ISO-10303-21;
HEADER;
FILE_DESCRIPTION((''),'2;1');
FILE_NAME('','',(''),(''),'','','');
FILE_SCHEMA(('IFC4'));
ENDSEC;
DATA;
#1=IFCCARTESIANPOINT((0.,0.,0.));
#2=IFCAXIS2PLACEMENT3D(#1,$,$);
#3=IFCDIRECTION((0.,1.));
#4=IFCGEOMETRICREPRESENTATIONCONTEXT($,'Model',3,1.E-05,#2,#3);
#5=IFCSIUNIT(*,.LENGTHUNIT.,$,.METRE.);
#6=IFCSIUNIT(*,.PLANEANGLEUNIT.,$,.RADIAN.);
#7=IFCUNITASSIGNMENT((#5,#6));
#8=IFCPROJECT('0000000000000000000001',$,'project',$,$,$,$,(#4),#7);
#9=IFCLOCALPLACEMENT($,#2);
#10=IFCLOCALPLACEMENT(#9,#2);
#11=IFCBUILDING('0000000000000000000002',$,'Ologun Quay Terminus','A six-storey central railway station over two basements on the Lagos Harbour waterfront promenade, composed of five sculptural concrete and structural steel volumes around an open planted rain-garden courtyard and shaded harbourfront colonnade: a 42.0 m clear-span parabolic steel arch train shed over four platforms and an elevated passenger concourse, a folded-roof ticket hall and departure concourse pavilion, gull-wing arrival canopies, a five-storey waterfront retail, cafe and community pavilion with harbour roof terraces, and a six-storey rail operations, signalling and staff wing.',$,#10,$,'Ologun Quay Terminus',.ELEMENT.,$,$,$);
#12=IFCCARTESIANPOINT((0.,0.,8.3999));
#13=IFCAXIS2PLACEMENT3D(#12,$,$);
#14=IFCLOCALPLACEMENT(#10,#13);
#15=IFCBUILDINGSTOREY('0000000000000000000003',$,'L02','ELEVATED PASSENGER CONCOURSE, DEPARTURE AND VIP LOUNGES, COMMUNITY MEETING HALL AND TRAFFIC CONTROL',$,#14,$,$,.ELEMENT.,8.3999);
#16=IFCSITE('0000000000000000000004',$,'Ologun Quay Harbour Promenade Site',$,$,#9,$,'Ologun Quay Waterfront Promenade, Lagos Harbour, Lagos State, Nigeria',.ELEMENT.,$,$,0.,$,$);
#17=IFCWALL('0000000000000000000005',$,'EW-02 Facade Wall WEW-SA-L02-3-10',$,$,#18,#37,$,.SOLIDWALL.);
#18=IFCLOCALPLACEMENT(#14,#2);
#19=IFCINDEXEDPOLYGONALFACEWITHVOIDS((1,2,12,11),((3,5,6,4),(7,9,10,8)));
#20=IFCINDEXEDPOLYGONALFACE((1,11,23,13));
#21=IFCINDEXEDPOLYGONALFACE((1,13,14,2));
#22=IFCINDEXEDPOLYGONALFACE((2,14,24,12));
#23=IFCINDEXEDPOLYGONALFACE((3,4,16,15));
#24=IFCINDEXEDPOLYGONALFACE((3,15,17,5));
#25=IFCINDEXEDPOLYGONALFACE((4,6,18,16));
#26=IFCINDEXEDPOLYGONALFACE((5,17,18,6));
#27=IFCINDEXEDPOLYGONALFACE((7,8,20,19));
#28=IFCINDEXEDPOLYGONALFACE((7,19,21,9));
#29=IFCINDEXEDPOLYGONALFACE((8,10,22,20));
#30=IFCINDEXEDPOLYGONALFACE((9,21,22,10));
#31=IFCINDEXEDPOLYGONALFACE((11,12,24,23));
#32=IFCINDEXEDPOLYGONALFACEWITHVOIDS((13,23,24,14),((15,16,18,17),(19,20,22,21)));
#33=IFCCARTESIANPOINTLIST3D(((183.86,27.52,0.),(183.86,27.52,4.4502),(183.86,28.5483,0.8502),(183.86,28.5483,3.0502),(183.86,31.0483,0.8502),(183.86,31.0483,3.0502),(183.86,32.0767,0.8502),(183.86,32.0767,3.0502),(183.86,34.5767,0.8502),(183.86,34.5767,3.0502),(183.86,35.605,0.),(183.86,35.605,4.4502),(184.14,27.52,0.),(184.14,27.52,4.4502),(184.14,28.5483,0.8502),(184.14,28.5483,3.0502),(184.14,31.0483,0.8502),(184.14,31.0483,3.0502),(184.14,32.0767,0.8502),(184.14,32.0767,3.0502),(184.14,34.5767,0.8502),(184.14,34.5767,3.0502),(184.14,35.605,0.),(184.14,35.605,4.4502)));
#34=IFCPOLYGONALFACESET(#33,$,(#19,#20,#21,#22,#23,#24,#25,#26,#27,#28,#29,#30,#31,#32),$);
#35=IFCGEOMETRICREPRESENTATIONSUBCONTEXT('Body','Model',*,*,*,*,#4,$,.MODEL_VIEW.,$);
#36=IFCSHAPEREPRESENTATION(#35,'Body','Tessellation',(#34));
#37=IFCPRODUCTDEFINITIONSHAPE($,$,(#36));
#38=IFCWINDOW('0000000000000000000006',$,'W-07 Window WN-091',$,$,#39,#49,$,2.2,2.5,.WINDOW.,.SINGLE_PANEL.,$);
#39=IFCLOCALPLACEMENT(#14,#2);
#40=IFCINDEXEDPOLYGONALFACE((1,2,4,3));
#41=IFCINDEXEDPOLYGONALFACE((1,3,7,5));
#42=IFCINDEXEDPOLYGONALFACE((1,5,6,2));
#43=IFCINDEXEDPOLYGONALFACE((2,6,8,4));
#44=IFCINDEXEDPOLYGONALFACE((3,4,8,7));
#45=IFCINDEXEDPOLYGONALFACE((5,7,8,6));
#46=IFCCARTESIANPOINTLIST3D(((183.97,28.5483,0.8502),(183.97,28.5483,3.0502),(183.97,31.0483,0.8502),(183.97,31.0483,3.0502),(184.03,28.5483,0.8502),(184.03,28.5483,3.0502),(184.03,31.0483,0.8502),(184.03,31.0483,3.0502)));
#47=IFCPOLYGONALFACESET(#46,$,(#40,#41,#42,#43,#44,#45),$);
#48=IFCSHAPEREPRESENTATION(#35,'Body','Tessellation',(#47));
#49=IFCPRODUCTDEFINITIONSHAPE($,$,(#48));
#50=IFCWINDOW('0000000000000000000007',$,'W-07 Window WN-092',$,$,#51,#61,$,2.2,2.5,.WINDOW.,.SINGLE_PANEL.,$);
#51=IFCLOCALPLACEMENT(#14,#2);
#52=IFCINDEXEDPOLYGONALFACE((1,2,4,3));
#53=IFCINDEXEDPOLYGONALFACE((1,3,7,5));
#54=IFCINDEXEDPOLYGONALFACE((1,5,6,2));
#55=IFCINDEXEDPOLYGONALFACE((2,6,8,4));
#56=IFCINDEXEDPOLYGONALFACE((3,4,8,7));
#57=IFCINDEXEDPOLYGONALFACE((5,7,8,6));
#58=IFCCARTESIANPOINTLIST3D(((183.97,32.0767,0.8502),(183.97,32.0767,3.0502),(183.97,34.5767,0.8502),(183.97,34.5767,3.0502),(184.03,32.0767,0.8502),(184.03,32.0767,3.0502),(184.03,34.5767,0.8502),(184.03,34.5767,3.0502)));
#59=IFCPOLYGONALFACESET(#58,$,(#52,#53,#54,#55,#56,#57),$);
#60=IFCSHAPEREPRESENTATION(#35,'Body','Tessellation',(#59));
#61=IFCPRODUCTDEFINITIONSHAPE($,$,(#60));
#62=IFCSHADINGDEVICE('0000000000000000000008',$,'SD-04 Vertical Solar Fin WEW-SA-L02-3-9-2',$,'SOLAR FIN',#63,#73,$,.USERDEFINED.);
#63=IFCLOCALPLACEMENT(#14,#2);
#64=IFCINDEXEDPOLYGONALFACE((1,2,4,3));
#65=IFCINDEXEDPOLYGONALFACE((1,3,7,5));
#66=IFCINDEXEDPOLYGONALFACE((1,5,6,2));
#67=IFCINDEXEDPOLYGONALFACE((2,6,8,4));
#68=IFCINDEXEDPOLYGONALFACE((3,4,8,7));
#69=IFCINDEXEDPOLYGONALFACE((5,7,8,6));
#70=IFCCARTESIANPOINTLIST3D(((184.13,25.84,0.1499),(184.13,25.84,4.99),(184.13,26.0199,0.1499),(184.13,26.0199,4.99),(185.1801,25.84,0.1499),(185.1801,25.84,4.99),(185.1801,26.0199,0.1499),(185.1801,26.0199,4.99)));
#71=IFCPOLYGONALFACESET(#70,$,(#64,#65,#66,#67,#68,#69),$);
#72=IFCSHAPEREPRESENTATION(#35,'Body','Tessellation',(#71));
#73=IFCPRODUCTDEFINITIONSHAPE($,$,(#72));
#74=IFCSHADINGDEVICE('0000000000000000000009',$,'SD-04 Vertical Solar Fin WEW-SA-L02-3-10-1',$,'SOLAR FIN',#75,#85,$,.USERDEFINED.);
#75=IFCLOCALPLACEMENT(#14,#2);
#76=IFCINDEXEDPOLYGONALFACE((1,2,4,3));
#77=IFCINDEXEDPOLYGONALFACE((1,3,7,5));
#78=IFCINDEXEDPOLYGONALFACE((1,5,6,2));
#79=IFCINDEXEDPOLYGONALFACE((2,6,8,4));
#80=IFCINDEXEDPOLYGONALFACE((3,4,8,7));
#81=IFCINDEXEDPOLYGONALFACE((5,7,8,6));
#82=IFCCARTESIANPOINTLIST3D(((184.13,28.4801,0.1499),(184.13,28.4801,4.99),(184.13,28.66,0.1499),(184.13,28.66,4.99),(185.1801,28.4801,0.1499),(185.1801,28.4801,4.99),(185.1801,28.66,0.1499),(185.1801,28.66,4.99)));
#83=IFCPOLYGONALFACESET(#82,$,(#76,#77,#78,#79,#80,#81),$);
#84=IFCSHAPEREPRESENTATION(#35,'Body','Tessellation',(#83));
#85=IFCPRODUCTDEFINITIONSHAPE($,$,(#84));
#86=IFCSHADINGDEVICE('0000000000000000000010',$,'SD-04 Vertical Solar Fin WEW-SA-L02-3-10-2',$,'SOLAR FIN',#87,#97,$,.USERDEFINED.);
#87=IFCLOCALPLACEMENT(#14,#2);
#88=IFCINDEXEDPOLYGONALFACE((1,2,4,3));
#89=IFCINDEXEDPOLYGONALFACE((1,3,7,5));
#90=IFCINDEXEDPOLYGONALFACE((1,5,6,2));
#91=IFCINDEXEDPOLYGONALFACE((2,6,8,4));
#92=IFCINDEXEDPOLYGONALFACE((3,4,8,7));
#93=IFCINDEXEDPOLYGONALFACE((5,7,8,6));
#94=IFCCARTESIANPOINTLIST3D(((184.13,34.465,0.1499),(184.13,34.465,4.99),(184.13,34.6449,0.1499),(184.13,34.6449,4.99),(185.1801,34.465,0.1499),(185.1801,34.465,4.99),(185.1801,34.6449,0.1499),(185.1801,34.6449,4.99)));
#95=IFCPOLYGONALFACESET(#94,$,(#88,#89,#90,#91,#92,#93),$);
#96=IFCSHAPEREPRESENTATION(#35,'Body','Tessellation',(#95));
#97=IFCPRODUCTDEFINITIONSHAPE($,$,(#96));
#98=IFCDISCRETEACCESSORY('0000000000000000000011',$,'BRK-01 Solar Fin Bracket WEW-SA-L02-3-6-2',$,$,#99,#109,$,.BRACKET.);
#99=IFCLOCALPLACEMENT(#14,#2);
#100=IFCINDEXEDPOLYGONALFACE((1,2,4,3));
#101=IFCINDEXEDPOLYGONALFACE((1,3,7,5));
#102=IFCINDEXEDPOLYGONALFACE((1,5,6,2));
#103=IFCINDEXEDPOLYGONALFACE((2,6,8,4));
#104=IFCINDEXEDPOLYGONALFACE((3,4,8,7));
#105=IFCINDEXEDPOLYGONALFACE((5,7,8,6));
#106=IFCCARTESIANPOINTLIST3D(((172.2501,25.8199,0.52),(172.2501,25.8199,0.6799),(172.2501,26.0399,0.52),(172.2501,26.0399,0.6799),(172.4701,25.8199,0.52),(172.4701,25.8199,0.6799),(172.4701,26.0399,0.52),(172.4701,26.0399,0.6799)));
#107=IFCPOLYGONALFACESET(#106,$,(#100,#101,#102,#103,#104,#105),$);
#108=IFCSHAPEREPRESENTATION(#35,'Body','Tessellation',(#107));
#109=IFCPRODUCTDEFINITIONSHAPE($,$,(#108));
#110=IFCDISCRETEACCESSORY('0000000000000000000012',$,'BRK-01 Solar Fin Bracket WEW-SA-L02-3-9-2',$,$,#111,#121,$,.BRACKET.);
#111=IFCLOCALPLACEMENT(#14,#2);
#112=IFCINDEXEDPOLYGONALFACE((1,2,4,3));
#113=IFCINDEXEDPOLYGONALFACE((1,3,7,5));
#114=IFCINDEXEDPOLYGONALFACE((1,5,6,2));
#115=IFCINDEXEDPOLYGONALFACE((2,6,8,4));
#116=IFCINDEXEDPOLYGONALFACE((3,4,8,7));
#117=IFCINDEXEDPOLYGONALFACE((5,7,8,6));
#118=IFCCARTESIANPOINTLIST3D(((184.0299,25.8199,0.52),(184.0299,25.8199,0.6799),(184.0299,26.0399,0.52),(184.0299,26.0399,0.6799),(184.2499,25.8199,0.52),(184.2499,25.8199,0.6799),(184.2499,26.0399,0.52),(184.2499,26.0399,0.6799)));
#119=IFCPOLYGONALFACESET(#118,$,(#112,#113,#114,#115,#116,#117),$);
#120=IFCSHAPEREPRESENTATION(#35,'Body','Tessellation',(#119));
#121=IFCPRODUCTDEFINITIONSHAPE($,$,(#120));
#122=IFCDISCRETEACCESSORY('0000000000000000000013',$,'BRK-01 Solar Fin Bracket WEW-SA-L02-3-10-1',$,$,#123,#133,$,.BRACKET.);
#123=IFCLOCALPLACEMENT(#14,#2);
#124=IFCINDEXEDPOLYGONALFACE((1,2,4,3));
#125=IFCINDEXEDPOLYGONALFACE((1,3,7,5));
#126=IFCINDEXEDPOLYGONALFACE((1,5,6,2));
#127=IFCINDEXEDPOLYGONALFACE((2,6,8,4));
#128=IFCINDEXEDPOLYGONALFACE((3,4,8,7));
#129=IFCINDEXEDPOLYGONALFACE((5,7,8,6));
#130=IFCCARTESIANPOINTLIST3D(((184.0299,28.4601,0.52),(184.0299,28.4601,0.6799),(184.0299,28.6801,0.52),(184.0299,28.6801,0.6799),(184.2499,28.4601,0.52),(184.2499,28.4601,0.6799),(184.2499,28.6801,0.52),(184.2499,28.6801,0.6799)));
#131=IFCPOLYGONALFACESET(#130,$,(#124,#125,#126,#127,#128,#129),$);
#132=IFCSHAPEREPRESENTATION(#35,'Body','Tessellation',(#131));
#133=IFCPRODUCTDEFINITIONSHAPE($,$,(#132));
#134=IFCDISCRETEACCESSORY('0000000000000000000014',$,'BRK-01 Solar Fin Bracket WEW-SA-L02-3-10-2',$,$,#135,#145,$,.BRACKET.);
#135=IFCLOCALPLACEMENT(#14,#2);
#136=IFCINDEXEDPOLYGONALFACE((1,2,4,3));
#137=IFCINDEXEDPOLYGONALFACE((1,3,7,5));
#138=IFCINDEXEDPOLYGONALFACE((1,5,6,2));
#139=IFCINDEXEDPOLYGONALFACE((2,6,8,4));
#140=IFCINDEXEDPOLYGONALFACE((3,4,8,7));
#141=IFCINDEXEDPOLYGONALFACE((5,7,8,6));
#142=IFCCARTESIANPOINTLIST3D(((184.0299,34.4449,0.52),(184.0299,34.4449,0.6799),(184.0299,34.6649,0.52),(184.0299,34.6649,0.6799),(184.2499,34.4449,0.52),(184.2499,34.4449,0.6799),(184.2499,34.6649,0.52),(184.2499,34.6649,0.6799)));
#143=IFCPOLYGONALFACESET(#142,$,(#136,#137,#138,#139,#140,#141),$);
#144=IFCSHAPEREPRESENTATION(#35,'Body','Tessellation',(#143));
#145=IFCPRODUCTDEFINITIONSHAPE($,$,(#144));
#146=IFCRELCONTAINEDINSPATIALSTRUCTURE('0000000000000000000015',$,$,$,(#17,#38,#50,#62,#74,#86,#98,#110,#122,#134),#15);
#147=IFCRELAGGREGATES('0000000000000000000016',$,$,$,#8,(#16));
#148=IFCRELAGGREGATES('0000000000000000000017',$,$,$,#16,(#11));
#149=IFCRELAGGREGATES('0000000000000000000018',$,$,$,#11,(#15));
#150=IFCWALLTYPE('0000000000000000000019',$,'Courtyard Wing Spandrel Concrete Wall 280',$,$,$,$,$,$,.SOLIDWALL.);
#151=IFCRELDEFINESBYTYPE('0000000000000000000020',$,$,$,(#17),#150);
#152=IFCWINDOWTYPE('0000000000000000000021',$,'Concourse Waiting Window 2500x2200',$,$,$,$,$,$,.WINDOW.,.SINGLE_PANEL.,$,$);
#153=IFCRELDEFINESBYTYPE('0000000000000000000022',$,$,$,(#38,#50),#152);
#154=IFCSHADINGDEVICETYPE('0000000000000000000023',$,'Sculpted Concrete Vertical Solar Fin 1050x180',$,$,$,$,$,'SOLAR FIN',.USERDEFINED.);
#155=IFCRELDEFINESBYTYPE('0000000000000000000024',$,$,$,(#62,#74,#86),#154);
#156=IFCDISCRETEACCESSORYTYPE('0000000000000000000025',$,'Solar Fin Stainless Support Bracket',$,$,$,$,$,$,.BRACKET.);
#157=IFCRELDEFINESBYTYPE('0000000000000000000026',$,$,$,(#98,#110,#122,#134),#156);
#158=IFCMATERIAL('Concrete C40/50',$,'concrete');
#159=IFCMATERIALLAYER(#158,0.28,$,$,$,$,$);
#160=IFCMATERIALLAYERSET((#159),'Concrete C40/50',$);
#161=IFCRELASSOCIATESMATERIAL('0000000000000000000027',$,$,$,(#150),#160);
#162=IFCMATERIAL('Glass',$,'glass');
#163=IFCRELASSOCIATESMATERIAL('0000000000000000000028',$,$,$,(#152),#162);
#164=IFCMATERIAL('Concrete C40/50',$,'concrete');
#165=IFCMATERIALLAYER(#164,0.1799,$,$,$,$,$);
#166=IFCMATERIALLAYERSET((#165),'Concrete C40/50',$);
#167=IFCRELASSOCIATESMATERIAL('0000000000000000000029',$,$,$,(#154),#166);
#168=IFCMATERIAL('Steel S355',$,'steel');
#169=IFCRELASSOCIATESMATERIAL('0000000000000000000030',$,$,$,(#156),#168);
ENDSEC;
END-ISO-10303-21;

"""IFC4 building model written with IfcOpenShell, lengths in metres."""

from ifc_helpers import new_model, si_unit, direction, frame, frame_2d, origin, origin_2d, place, context, subcontext, project, spatial, rectangle, extrude, material, layer, layer_set, type_object, element, fill, save


model = new_model("IFC4")

# Units and contexts
model_context = context("Model", 3, precision=1e-05, world=origin(), true_north=direction((0.0, 1.0)))
body_context = subcontext(model_context, "Body", "Model", "MODEL_VIEW")
ifc_project = project(units=[si_unit("LENGTHUNIT", "METRE"), si_unit("PLANEANGLEUNIT", "RADIAN")], contexts=[model_context])

# Site, building, storey
site_placement = place(None, origin())
site = spatial("IfcSite", under=ifc_project, at=site_placement, Name="Ologun Quay Harbour Promenade Site", LongName="Ologun Quay Waterfront Promenade, Lagos Harbour, Lagos State, Nigeria", CompositionType="ELEMENT", RefElevation=0.0)
building_placement = place(site_placement, origin())
building = spatial("IfcBuilding", under=site, at=building_placement, Name="Ologun Quay Terminus", Description="A six-storey central railway station over two basements on the Lagos Harbour waterfront promenade, composed of five sculptural concrete and structural steel volumes around an open planted rain-garden courtyard and shaded harbourfront colonnade: a 42.0 m clear-span parabolic steel arch train shed over four platforms and an elevated passenger concourse, a folded-roof ticket hall and departure concourse pavilion, gull-wing arrival canopies, a five-storey waterfront retail, cafe and community pavilion with harbour roof terraces, and a six-storey rail operations, signalling and staff wing.", LongName="Ologun Quay Terminus", CompositionType="ELEMENT")
storey_placement = place(building_placement, frame((0.0, 0.0, 8.3999)))
storey = spatial("IfcBuildingStorey", under=building, at=storey_placement, Name="L02", Description="ELEVATED PASSENGER CONCOURSE, DEPARTURE AND VIP LOUNGES, COMMUNITY MEETING HALL AND TRAFFIC CONTROL", CompositionType="ELEMENT", Elevation=8.3999)

# Shared definitions
ifc_material_1 = material(Name="Concrete C40/50", Category="concrete")
ifc_layer_1 = layer(ifc_material_1, 0.28)
ifc_layer_set_1 = layer_set([ifc_layer_1], Name="Concrete C40/50")
wall_type = type_object("IfcWallType", Name="Courtyard Wing Spandrel Concrete Wall 280", PredefinedType="SOLIDWALL", material=ifc_layer_set_1)

# Wall, openings, windows
wall_1_placement = place(storey_placement, frame((184.0, 27.52, 0.0), z_axis=(0.0, 0.0, 1.0), x_axis=(0.0, 1.0, 0.0)))
wall_1 = element("IfcWall", 1, at=wall_1_placement, inside=storey, type_object=wall_type, Name="EW-02 Facade Wall WEW-SA-L02-3-10", PredefinedType="SOLIDWALL", context=body_context, shape_type="SweptSolid", body=[
    extrude(rectangle(XDim=8.085, YDim=0.28, at=frame_2d((4.0425, 0.0))), origin(), (0.0, 0.0, 1.0), 4.4502),
])
opening_1_placement = place(wall_1_placement, frame((1.0283, 0.0, 0.8501)))
opening_1 = element("IfcOpeningElement", 2, at=opening_1_placement, cuts=wall_1, PredefinedType="OPENING", context=body_context, shape_type="SweptSolid", body=[
    extrude(rectangle(XDim=2.5, YDim=2.2, at=frame_2d((1.25, 1.1001))), frame((0.0, 0.1499, 0.0), z_axis=(0.0, -1.0, 0.0), x_axis=(1.0, 0.0, 0.0)), (0.0, 0.0, 1.0), 0.3),
])
opening_2_placement = place(wall_1_placement, frame((4.5566, 0.0, 0.8501)))
opening_2 = element("IfcOpeningElement", 3, at=opening_2_placement, cuts=wall_1, PredefinedType="OPENING", context=body_context, shape_type="SweptSolid", body=[
    extrude(rectangle(XDim=2.5, YDim=2.2, at=frame_2d((1.25, 1.1001))), frame((0.0, 0.1499, 0.0), z_axis=(0.0, -1.0, 0.0), x_axis=(1.0, 0.0, 0.0)), (0.0, 0.0, 1.0), 0.3),
])
ifc_material_2 = material(Name="Glass", Category="glass")
window_type = type_object("IfcWindowType", Name="Concourse Waiting Window 2500x2200", PartitioningType="SINGLE_PANEL", PredefinedType="WINDOW", material=ifc_material_2)
window_1_placement = place(opening_1_placement, origin())
window_1 = element("IfcWindow", 4, at=window_1_placement, inside=storey, type_object=window_type, Name="W-07 Window WN-091", OverallHeight=2.2, OverallWidth=2.5, PartitioningType="SINGLE_PANEL", PredefinedType="WINDOW", context=body_context, shape_type="SweptSolid", body=[
    extrude(rectangle(XDim=2.5, YDim=2.2, at=frame_2d((1.25, 1.1001))), frame((0.0, 0.03, 0.0), z_axis=(0.0, -1.0, 0.0), x_axis=(1.0, 0.0, 0.0)), (0.0, 0.0, 1.0), 0.0601),
])
fill(opening_1, window_1)
window_2_placement = place(opening_2_placement, origin())
window_2 = element("IfcWindow", 5, at=window_2_placement, inside=storey, type_object=window_type, Name="W-07 Window WN-092", OverallHeight=2.2, OverallWidth=2.5, PartitioningType="SINGLE_PANEL", PredefinedType="WINDOW", context=body_context, shape_type="SweptSolid", body=[
    extrude(rectangle(XDim=2.5, YDim=2.2, at=frame_2d((1.25, 1.1001))), frame((0.0, 0.03, 0.0), z_axis=(0.0, -1.0, 0.0), x_axis=(1.0, 0.0, 0.0)), (0.0, 0.0, 1.0), 0.0601),
])
fill(opening_2, window_2)

# Shading devices
ifc_material_3 = material(Name="Concrete C40/50", Category="concrete")
ifc_layer_2 = layer(ifc_material_3, 0.1799)
ifc_layer_set_2 = layer_set([ifc_layer_2], Name="Concrete C40/50")
shading_device_type = type_object("IfcShadingDeviceType", Name="Sculpted Concrete Vertical Solar Fin 1050x180", ElementType="SOLAR FIN", PredefinedType="USERDEFINED", material=ifc_layer_set_2)
for number, where, z_axis, x_axis, name in (
    (6, (184.655, 25.9299, 0.1499), (0.0, 0.0, 1.0), (1.0, 0.0, 0.0), "SD-04 Vertical Solar Fin WEW-SA-L02-3-9-2"),
    (7, (184.655, 28.5701, 0.1499), (0.0, 0.0, 1.0), (1.0, 0.0, 0.0), "SD-04 Vertical Solar Fin WEW-SA-L02-3-10-1"),
    (8, (184.655, 34.5549, 0.1499), (0.0, 0.0, 1.0), (1.0, 0.0, 0.0), "SD-04 Vertical Solar Fin WEW-SA-L02-3-10-2"),
):
    element("IfcShadingDevice", number, at=place(storey_placement, frame(where, z_axis=z_axis, x_axis=x_axis)), inside=storey, type_object=shading_device_type, Name=name, ObjectType="SOLAR FIN", PredefinedType="USERDEFINED", context=body_context, shape_type="SweptSolid", body=[
        extrude(rectangle(XDim=1.05, YDim=0.1799, at=origin_2d()), origin(), (0.0, 0.0, 1.0), 4.8401),
    ])

# Discrete accessories
ifc_material_4 = material(Name="Steel S355", Category="steel")
discrete_accessory_type = type_object("IfcDiscreteAccessoryType", Name="Solar Fin Stainless Support Bracket", PredefinedType="BRACKET", material=ifc_material_4)
for number, where, z_axis, x_axis, name in (
    (9, (172.3601, 25.9299, 0.52), (0.0, 0.0, 1.0), (1.0, 0.0, 0.0), "BRK-01 Solar Fin Bracket WEW-SA-L02-3-6-2"),
    (10, (184.1399, 25.9299, 0.52), (0.0, 0.0, 1.0), (1.0, 0.0, 0.0), "BRK-01 Solar Fin Bracket WEW-SA-L02-3-9-2"),
    (11, (184.1399, 28.5701, 0.52), (0.0, 0.0, 1.0), (1.0, 0.0, 0.0), "BRK-01 Solar Fin Bracket WEW-SA-L02-3-10-1"),
    (12, (184.1399, 34.5549, 0.52), (0.0, 0.0, 1.0), (1.0, 0.0, 0.0), "BRK-01 Solar Fin Bracket WEW-SA-L02-3-10-2"),
):
    element("IfcDiscreteAccessory", number, at=place(storey_placement, frame(where, z_axis=z_axis, x_axis=x_axis)), inside=storey, type_object=discrete_accessory_type, Name=name, PredefinedType="BRACKET", context=body_context, shape_type="SweptSolid", body=[
        extrude(rectangle(XDim=0.22, YDim=0.22, at=origin_2d()), origin(), (0.0, 0.0, 1.0), 0.1599),
    ])

save(model, "model.ifc")
